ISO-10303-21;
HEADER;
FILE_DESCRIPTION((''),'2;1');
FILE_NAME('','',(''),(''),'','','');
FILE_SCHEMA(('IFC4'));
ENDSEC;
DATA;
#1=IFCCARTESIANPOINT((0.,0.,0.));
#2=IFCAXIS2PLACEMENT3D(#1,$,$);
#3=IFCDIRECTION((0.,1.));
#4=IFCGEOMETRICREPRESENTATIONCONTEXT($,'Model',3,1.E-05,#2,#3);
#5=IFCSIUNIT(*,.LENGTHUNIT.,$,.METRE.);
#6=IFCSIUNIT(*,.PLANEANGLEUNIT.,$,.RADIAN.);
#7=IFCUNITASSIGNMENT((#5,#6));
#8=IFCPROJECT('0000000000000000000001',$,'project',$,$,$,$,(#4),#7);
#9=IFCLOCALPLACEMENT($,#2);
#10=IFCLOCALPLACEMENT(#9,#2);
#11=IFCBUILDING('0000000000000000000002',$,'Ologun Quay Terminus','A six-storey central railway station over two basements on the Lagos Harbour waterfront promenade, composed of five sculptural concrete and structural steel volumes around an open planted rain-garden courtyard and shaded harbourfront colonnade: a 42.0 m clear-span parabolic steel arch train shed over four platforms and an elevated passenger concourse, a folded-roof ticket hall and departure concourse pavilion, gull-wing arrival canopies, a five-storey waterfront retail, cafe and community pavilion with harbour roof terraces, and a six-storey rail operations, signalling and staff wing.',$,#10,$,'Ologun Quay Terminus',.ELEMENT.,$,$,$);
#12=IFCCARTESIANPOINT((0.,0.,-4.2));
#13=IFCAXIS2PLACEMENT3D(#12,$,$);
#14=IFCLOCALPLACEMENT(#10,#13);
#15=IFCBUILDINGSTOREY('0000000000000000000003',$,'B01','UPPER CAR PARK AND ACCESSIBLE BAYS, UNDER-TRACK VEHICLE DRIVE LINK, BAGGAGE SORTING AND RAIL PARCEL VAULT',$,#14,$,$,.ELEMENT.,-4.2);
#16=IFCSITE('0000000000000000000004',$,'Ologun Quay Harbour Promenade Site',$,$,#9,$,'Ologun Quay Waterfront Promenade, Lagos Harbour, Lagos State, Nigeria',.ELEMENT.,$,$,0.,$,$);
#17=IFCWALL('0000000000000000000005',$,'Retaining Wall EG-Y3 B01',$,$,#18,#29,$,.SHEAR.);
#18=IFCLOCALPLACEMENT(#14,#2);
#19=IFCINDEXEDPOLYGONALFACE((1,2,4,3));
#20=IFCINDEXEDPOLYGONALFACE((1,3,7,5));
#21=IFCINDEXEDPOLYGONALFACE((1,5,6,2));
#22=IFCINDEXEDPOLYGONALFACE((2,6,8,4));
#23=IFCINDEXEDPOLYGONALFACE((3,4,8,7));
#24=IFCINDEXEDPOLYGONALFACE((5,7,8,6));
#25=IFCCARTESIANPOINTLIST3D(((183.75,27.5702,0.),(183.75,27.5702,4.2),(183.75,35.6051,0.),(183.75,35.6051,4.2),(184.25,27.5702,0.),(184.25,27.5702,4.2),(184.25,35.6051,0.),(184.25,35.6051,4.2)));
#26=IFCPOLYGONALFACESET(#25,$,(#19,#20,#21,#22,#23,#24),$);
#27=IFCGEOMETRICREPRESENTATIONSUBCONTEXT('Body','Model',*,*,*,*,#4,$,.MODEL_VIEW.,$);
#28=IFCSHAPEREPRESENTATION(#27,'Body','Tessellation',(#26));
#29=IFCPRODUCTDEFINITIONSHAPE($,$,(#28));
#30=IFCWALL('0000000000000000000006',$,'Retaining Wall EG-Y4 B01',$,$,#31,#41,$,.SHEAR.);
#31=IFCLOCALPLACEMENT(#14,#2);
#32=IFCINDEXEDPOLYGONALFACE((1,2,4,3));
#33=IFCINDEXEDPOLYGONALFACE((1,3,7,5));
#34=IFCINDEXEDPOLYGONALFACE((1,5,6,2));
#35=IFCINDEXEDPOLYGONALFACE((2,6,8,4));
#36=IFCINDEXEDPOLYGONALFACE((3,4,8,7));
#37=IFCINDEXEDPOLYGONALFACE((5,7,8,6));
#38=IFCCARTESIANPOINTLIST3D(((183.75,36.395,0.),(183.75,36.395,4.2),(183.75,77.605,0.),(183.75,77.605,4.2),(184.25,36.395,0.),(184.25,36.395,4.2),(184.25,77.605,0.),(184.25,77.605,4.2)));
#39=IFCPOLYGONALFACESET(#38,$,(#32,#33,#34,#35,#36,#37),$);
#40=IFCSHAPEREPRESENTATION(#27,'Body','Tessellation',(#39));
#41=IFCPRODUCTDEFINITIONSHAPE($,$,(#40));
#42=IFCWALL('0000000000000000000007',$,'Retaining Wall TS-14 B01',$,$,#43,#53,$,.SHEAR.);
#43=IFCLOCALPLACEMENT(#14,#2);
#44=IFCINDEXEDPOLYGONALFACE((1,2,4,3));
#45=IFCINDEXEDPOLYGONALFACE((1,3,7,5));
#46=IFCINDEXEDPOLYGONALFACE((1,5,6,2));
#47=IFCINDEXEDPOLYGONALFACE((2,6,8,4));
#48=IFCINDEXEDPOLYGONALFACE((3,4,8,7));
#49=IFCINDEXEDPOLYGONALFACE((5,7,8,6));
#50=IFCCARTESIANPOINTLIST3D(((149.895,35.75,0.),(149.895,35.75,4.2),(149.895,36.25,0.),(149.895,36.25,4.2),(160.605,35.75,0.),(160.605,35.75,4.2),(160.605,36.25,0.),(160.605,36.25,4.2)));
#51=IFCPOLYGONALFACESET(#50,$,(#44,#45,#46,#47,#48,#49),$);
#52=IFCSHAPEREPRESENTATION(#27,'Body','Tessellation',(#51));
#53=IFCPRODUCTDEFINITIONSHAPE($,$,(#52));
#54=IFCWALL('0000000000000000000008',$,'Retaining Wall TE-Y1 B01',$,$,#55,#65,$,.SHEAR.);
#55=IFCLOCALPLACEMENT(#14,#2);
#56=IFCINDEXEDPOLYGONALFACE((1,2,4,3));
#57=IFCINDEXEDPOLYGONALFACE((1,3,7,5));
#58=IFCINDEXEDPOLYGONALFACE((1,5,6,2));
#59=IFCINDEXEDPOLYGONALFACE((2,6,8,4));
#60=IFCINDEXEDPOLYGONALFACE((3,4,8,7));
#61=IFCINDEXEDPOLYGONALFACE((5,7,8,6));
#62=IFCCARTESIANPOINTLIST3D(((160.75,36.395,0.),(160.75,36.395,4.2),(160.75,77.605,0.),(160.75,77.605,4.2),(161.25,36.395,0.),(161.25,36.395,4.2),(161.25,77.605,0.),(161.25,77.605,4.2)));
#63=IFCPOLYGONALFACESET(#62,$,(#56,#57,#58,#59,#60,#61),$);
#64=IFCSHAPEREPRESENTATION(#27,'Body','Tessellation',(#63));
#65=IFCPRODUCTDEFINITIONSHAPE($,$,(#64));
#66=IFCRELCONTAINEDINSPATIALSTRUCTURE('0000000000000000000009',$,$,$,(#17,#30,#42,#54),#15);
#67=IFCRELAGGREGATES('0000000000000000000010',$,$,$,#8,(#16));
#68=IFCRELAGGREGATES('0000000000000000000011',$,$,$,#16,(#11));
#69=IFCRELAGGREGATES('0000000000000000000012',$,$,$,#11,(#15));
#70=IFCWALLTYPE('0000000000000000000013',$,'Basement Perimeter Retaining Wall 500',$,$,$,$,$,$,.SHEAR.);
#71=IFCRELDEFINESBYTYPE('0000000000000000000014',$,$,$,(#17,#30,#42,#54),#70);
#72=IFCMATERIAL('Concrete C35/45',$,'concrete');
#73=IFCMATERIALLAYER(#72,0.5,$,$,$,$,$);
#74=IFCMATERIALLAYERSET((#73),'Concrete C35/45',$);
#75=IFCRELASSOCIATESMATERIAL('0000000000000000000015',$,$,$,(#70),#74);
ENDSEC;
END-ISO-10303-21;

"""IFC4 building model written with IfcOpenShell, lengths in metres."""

from ifc_helpers import new_model, si_unit, direction, frame, frame_2d, origin, place, context, subcontext, project, spatial, rectangle, extrude, material, layer, layer_set, type_object, element, save


model = new_model("IFC4")

# Units and contexts
model_context = context("Model", 3, precision=1e-05, world=origin(), true_north=direction((0.0, 1.0)))
body_context = subcontext(model_context, "Body", "Model", "MODEL_VIEW")
ifc_project = project(units=[si_unit("LENGTHUNIT", "METRE"), si_unit("PLANEANGLEUNIT", "RADIAN")], contexts=[model_context])

# Site, building, storey
site_placement = place(None, origin())
site = spatial("IfcSite", under=ifc_project, at=site_placement, Name="Ologun Quay Harbour Promenade Site", LongName="Ologun Quay Waterfront Promenade, Lagos Harbour, Lagos State, Nigeria", CompositionType="ELEMENT", RefElevation=0.0)
building_placement = place(site_placement, origin())
building = spatial("IfcBuilding", under=site, at=building_placement, Name="Ologun Quay Terminus", Description="A six-storey central railway station over two basements on the Lagos Harbour waterfront promenade, composed of five sculptural concrete and structural steel volumes around an open planted rain-garden courtyard and shaded harbourfront colonnade: a 42.0 m clear-span parabolic steel arch train shed over four platforms and an elevated passenger concourse, a folded-roof ticket hall and departure concourse pavilion, gull-wing arrival canopies, a five-storey waterfront retail, cafe and community pavilion with harbour roof terraces, and a six-storey rail operations, signalling and staff wing.", LongName="Ologun Quay Terminus", CompositionType="ELEMENT")
storey_placement = place(building_placement, frame((0.0, 0.0, -4.2)))
storey = spatial("IfcBuildingStorey", under=building, at=storey_placement, Name="B01", Description="UPPER CAR PARK AND ACCESSIBLE BAYS, UNDER-TRACK VEHICLE DRIVE LINK, BAGGAGE SORTING AND RAIL PARCEL VAULT", CompositionType="ELEMENT", Elevation=-4.2)

# Walls
ifc_material_1 = material(Name="Concrete C35/45", Category="concrete")
ifc_layer = layer(ifc_material_1, 0.5)
ifc_layer_set = layer_set([ifc_layer], Name="Concrete C35/45")
wall_type = type_object("IfcWallType", Name="Basement Perimeter Retaining Wall 500", PredefinedType="SHEAR", material=ifc_layer_set)
wall_1_placement = place(storey_placement, frame((184.0, 27.5701, 0.0), z_axis=(0.0, 0.0, 1.0), x_axis=(0.0, 1.0, 0.0)))
element("IfcWall", 1, at=wall_1_placement, inside=storey, type_object=wall_type, Name="Retaining Wall EG-Y3 B01", PredefinedType="SHEAR", context=body_context, shape_type="SweptSolid", body=[
    extrude(rectangle(XDim=8.0349, YDim=0.5, at=frame_2d((4.0176, 0.0))), origin(), (0.0, 0.0, 1.0), 4.2),
])
wall_2_placement = place(storey_placement, frame((184.0, 36.395, 0.0), z_axis=(0.0, 0.0, 1.0), x_axis=(0.0, 1.0, 0.0)))
element("IfcWall", 2, at=wall_2_placement, inside=storey, type_object=wall_type, Name="Retaining Wall EG-Y4 B01", PredefinedType="SHEAR", context=body_context, shape_type="SweptSolid", body=[
    extrude(rectangle(XDim=41.21, YDim=0.5, at=frame_2d((20.605, 0.0))), origin(), (0.0, 0.0, 1.0), 4.2),
])
wall_3_placement = place(storey_placement, frame((149.895, 36.0, 0.0), z_axis=(0.0, 0.0, 1.0), x_axis=(1.0, 0.0, 0.0)))
element("IfcWall", 3, at=wall_3_placement, inside=storey, type_object=wall_type, Name="Retaining Wall TS-14 B01", PredefinedType="SHEAR", context=body_context, shape_type="SweptSolid", body=[
    extrude(rectangle(XDim=10.71, YDim=0.5, at=frame_2d((5.355, 0.0))), origin(), (0.0, 0.0, 1.0), 4.2),
])
wall_4_placement = place(storey_placement, frame((161.0, 36.395, 0.0), z_axis=(0.0, 0.0, 1.0), x_axis=(0.0, 1.0, 0.0)))
element("IfcWall", 4, at=wall_4_placement, inside=storey, type_object=wall_type, Name="Retaining Wall TE-Y1 B01", PredefinedType="SHEAR", context=body_context, shape_type="SweptSolid", body=[
    extrude(rectangle(XDim=41.21, YDim=0.5, at=frame_2d((20.605, 0.0))), origin(), (0.0, 0.0, 1.0), 4.2),
])

save(model, "model.ifc")
